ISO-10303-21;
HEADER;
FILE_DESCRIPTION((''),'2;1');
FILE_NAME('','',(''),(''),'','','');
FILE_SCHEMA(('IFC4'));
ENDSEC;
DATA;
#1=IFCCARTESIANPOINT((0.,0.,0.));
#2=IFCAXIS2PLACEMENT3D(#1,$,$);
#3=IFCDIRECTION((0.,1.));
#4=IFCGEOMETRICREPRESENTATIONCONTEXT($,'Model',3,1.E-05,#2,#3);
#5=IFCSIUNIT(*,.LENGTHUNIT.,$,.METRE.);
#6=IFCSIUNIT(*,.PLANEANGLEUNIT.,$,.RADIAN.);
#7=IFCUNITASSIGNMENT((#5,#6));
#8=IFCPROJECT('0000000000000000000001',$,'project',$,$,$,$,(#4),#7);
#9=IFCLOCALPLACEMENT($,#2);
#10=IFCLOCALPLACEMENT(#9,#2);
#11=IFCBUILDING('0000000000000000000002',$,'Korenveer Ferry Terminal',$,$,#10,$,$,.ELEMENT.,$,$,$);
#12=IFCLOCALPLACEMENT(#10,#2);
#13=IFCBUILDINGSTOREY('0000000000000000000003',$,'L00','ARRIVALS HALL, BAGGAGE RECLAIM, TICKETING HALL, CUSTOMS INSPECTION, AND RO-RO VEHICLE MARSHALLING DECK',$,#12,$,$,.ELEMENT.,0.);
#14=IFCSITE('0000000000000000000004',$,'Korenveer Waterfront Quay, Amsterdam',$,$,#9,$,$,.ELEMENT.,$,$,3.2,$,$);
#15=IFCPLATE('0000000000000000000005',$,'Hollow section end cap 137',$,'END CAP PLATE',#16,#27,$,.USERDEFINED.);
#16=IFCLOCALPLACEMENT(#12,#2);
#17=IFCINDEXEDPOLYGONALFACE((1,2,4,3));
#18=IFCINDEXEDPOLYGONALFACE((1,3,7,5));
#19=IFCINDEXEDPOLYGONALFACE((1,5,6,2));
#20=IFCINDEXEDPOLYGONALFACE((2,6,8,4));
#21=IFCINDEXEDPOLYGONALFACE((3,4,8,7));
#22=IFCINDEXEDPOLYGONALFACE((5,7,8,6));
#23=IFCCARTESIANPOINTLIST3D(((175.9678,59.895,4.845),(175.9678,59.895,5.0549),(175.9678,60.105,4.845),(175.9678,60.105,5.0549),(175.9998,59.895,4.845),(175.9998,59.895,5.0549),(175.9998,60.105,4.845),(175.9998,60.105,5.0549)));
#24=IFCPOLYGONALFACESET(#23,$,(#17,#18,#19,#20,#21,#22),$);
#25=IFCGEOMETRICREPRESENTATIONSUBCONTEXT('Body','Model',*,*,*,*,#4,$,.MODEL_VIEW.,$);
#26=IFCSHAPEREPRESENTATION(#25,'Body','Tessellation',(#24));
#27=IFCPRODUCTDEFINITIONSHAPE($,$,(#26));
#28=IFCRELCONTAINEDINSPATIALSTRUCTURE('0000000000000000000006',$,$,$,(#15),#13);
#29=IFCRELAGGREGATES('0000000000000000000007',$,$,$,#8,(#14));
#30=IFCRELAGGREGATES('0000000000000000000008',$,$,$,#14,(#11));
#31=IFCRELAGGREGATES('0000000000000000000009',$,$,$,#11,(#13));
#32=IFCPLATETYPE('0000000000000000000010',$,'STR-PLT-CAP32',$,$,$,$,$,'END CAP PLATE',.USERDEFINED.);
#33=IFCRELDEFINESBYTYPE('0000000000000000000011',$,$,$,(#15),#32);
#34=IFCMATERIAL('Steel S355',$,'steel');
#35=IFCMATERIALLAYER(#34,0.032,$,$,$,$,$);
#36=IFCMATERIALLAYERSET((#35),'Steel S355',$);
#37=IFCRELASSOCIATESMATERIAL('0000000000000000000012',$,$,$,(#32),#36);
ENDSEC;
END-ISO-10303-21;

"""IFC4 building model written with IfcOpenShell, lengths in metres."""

from ifc_helpers import new_model, si_unit, direction, frame, origin, origin_2d, place, context, subcontext, project, spatial, rectangle, extrude, material, layer, layer_set, type_object, element, save


model = new_model("IFC4")

# Units and contexts
model_context = context("Model", 3, precision=1e-05, world=origin(), true_north=direction((0.0, 1.0)))
body_context = subcontext(model_context, "Body", "Model", "MODEL_VIEW")
ifc_project = project(units=[si_unit("LENGTHUNIT", "METRE"), si_unit("PLANEANGLEUNIT", "RADIAN")], contexts=[model_context])

# Site, building, storey
site_placement = place(None, origin())
site = spatial("IfcSite", under=ifc_project, at=site_placement, Name="Korenveer Waterfront Quay, Amsterdam", CompositionType="ELEMENT", RefElevation=3.2)
building_placement = place(site_placement, origin())
building = spatial("IfcBuilding", under=site, at=building_placement, Name="Korenveer Ferry Terminal", CompositionType="ELEMENT")
storey_placement = place(building_placement, origin())
storey = spatial("IfcBuildingStorey", under=building, at=storey_placement, Name="L00", Description="ARRIVALS HALL, BAGGAGE RECLAIM, TICKETING HALL, CUSTOMS INSPECTION, AND RO-RO VEHICLE MARSHALLING DECK", CompositionType="ELEMENT", Elevation=0.0)

# Shared definitions
ifc_material_1 = material(Name="Steel S355", Category="steel")

# Plate
ifc_layer_1 = layer(ifc_material_1, 0.032)
ifc_layer_set_1 = layer_set([ifc_layer_1], Name="Steel S355")
plate_type_1 = type_object("IfcPlateType", Name="STR-PLT-CAP32", ElementType="END CAP PLATE", PredefinedType="USERDEFINED", material=ifc_layer_set_1)
plate_1_placement = place(storey_placement, frame((175.9678, 60.0, 4.95), z_axis=(1.0, 0.0, 0.0), x_axis=(0.0, 1.0, 0.0)))
element("IfcPlate", 1, at=plate_1_placement, inside=storey, type_object=plate_type_1, Name="Hollow section end cap 137", ObjectType="END CAP PLATE", PredefinedType="USERDEFINED", context=body_context, shape_type="SweptSolid", body=[
    extrude(rectangle(XDim=0.21, YDim=0.21, at=origin_2d()), origin(), (0.0, 0.0, 1.0), 0.032),
])

save(model, "model.ifc")
